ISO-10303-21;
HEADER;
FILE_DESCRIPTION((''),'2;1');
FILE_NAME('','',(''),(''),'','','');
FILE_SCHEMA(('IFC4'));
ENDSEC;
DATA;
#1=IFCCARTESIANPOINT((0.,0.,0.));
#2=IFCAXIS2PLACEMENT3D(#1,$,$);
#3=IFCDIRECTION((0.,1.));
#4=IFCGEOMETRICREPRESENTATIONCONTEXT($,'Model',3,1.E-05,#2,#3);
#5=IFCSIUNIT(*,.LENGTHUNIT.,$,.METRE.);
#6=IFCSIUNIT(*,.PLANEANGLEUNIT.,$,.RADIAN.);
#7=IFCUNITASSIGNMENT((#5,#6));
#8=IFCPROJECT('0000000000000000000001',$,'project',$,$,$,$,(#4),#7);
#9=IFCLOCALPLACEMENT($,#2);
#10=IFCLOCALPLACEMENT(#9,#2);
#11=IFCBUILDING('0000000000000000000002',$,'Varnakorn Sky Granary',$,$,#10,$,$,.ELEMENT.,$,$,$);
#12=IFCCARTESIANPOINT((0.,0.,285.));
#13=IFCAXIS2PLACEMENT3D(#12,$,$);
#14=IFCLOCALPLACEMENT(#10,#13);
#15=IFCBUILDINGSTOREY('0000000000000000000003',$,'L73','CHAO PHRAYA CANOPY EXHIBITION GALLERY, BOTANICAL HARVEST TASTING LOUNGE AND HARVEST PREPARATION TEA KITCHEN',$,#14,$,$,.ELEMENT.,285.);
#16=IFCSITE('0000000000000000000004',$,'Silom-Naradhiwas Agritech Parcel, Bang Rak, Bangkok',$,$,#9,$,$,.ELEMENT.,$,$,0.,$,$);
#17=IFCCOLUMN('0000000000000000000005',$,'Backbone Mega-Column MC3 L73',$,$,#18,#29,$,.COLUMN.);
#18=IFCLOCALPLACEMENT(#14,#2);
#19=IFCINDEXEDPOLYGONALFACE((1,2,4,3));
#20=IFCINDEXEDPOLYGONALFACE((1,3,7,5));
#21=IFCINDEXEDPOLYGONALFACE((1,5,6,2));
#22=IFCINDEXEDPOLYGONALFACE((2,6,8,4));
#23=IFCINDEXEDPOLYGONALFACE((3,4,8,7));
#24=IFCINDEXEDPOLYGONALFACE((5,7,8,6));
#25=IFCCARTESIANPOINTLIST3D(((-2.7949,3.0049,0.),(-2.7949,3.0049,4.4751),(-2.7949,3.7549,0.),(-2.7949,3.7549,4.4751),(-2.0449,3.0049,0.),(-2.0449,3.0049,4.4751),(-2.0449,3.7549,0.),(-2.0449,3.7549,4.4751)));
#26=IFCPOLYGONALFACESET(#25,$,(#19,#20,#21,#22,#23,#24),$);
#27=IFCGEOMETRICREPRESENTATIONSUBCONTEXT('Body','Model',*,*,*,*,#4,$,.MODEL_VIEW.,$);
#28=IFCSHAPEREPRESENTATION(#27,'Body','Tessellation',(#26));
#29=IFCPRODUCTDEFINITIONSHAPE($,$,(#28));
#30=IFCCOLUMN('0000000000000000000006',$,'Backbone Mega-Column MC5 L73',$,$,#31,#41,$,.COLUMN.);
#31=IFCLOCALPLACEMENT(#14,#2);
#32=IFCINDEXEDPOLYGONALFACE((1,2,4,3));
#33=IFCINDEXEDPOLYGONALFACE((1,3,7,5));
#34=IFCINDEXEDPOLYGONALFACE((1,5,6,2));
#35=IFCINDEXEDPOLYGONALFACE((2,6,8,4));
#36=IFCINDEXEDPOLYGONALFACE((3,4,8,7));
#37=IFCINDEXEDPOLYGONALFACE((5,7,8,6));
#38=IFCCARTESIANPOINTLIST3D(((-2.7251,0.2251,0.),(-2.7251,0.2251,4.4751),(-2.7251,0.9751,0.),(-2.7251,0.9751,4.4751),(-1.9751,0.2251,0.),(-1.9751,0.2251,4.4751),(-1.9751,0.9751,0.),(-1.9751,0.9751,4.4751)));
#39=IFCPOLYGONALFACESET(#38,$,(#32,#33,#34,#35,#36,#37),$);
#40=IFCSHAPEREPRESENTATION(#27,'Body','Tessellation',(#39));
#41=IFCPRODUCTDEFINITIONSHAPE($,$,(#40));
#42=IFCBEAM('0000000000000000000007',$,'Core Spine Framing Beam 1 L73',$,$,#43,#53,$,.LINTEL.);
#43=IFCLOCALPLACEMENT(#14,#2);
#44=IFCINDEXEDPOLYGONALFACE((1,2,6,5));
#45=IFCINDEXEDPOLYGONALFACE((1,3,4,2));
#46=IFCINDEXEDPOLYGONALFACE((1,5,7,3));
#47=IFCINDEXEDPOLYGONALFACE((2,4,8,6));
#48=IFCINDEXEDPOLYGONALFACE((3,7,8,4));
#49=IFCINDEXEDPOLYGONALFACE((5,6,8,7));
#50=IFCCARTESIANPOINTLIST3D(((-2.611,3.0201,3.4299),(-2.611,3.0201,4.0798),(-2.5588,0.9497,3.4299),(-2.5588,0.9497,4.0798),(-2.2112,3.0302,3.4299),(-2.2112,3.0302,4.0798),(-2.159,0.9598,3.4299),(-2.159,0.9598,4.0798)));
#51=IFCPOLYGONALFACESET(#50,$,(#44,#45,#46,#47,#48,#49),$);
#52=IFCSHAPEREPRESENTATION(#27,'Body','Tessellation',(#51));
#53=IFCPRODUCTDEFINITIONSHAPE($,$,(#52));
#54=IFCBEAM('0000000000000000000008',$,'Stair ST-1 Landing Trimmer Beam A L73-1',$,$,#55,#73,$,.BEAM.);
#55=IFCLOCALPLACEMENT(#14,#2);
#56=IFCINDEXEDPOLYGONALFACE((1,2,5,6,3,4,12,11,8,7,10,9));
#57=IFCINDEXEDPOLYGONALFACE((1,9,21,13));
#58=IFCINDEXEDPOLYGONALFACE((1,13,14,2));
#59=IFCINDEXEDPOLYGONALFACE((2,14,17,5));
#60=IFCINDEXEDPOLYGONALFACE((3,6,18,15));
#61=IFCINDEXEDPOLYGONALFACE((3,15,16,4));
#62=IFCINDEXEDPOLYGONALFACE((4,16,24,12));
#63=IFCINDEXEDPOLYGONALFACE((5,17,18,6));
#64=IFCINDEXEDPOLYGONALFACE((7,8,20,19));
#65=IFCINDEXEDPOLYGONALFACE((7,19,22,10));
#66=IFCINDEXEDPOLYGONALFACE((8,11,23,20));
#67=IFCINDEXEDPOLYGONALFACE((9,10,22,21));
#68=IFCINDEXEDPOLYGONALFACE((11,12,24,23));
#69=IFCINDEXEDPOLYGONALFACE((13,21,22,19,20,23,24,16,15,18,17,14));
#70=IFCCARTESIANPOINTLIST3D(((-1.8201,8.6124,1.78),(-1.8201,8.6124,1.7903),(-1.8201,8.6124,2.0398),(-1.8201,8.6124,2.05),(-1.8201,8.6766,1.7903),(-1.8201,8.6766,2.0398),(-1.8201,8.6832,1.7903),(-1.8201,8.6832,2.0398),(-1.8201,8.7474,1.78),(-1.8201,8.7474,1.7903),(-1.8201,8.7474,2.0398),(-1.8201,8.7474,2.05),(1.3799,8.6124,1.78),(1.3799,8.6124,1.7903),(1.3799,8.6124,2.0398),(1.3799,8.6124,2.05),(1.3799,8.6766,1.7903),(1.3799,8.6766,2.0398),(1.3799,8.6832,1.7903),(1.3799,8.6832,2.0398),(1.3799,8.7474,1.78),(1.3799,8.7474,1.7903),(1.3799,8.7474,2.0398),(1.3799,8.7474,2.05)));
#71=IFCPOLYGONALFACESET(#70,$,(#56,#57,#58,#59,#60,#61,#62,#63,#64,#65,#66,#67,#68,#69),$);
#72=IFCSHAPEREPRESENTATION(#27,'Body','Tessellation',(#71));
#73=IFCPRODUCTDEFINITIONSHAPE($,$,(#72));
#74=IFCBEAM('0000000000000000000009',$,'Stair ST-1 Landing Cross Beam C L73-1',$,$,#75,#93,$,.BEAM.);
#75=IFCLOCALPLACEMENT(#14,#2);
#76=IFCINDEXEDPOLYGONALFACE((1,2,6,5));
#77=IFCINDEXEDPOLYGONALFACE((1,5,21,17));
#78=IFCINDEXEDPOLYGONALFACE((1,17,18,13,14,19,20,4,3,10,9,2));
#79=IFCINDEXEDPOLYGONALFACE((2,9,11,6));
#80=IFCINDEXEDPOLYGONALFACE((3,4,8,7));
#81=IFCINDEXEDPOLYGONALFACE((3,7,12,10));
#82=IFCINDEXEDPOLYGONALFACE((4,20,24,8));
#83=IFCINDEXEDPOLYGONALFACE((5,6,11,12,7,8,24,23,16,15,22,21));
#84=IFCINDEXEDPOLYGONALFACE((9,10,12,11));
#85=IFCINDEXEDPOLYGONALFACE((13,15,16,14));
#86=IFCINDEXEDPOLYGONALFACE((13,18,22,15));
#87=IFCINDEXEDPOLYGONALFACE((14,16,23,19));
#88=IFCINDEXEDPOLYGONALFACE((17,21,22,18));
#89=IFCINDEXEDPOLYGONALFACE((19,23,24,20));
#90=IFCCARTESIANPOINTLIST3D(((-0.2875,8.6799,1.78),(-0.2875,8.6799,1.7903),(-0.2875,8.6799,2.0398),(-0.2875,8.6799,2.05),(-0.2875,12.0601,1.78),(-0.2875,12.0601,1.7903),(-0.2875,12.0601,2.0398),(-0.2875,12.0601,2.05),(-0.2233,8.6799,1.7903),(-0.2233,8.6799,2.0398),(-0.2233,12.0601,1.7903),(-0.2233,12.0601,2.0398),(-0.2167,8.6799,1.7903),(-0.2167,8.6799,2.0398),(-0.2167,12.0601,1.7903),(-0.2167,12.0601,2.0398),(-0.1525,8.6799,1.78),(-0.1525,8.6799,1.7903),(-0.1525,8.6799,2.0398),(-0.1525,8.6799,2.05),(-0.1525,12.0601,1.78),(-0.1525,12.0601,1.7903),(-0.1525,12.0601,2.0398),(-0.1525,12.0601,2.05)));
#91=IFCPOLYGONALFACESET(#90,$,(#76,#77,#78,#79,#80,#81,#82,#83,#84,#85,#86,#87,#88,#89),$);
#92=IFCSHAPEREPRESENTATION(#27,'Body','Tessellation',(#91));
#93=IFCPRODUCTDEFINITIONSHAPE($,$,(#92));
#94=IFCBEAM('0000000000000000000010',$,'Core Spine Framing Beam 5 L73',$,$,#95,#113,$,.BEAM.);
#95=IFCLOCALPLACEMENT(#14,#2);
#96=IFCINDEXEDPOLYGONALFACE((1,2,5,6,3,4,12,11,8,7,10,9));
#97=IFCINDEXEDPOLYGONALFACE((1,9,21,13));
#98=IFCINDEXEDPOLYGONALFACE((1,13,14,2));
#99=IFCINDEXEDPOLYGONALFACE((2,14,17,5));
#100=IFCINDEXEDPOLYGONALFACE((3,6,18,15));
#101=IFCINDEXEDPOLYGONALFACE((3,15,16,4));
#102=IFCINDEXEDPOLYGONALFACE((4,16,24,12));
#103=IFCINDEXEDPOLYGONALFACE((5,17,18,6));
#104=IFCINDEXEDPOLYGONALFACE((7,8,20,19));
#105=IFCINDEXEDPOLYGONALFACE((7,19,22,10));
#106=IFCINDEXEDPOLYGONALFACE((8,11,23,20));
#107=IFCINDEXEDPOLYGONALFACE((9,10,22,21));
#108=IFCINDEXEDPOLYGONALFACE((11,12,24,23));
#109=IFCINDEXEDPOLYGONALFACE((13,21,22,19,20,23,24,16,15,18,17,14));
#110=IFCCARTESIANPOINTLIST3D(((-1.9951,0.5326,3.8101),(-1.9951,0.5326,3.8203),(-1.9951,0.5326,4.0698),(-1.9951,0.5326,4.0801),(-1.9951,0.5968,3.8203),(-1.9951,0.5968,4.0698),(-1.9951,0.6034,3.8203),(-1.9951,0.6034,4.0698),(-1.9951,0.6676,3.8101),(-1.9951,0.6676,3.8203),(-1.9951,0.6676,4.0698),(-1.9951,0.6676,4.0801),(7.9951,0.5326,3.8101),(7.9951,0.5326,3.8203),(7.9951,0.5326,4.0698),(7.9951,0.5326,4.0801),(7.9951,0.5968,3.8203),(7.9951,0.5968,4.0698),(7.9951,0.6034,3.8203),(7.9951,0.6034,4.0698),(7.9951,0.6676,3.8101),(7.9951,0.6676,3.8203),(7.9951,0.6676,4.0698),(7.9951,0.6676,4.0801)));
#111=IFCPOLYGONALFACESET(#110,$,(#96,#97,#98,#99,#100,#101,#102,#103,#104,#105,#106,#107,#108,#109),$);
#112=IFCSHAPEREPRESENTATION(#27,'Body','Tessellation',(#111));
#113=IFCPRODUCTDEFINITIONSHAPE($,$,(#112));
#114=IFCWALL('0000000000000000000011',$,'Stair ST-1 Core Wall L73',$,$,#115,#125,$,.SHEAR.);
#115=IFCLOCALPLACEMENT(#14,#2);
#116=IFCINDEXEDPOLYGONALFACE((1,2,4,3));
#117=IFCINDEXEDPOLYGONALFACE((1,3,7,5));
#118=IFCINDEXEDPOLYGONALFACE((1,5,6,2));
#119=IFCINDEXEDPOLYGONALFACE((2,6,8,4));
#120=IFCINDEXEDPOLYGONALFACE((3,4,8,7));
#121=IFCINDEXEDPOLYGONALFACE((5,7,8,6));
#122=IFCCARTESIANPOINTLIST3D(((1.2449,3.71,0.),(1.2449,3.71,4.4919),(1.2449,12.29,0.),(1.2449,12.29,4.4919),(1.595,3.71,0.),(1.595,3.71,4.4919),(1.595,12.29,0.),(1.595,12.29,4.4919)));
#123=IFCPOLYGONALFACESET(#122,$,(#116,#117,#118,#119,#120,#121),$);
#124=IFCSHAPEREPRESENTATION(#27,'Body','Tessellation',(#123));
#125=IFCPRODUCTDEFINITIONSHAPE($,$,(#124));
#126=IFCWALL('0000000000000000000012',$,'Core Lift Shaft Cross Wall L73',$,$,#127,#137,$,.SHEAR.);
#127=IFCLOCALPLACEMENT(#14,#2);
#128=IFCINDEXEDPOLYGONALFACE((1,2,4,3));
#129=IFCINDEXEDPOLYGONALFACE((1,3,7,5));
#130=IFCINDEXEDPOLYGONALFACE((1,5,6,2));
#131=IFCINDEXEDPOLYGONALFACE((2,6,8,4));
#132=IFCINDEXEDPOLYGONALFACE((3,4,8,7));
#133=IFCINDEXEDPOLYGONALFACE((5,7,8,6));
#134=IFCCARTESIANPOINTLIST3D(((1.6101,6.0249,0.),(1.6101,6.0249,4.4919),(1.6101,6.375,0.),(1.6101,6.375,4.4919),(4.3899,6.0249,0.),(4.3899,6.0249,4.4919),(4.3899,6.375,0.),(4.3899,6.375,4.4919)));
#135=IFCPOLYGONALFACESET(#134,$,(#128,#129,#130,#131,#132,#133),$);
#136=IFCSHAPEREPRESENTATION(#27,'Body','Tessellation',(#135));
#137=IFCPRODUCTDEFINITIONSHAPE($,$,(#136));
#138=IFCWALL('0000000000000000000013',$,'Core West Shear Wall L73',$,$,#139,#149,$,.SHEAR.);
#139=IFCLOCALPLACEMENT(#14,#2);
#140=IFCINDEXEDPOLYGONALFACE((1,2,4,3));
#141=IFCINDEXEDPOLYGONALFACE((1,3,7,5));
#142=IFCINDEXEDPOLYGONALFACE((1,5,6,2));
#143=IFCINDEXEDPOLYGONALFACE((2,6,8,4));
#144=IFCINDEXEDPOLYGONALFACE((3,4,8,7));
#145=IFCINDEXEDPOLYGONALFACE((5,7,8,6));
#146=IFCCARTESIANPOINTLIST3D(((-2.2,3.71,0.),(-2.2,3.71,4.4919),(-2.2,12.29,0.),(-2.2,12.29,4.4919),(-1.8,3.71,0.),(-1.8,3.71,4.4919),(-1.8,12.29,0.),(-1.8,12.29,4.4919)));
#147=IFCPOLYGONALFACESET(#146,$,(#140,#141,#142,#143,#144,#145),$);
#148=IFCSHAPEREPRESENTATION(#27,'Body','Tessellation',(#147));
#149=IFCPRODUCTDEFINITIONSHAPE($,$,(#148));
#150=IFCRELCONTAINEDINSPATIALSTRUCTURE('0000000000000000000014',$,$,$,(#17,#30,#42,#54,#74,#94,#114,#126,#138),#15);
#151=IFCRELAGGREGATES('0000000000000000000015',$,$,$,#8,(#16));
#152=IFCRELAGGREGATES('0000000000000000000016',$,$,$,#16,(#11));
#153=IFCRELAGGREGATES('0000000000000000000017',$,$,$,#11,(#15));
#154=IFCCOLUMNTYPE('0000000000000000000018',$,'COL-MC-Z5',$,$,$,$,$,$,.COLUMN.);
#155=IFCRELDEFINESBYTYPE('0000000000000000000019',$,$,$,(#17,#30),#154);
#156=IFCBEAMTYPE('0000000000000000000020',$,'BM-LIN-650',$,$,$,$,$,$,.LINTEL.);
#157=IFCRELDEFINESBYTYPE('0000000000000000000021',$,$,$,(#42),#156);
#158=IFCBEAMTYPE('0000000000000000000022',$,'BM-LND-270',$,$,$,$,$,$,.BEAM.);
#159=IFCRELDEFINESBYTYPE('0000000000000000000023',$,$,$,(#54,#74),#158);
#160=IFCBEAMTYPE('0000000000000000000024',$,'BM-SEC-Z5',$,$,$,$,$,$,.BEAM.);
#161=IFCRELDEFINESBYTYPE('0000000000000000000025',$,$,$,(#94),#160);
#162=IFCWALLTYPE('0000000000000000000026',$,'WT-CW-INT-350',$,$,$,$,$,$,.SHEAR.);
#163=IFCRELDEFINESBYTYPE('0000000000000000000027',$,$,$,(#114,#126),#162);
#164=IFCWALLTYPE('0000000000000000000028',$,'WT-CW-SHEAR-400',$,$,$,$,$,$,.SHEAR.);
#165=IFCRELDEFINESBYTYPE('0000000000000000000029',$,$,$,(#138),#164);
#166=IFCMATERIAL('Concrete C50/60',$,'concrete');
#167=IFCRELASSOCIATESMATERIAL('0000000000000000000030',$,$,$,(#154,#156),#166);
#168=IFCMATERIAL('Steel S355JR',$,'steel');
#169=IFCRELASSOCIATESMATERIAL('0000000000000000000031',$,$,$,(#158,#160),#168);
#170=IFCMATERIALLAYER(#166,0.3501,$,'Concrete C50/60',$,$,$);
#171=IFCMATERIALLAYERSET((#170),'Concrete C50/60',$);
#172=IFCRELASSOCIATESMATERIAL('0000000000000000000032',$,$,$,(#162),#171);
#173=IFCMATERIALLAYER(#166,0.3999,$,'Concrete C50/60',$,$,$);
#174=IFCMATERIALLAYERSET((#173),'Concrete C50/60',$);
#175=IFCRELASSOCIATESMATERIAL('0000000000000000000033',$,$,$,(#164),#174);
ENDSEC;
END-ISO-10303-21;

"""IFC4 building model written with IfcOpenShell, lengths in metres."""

from ifc_helpers import new_model, si_unit, direction, frame, frame_2d, origin, origin_2d, place, context, subcontext, project, spatial, rectangle, i_section, extrude, material, layer, layer_set, material_profile, profile_set, type_object, element, save


model = new_model("IFC4")

# Units and contexts
model_context = context("Model", 3, precision=1e-05, world=origin(), true_north=direction((0.0, 1.0)))
body_context = subcontext(model_context, "Body", "Model", "MODEL_VIEW")
ifc_project = project(units=[si_unit("LENGTHUNIT", "METRE"), si_unit("PLANEANGLEUNIT", "RADIAN")], contexts=[model_context])

# Site, building, storey
site_placement = place(None, origin())
site = spatial("IfcSite", under=ifc_project, at=site_placement, Name="Silom-Naradhiwas Agritech Parcel, Bang Rak, Bangkok", CompositionType="ELEMENT", RefElevation=0.0)
building_placement = place(site_placement, origin())
building = spatial("IfcBuilding", under=site, at=building_placement, Name="Varnakorn Sky Granary", CompositionType="ELEMENT")
storey_placement = place(building_placement, frame((0.0, 0.0, 285.0)))
storey = spatial("IfcBuildingStorey", under=building, at=storey_placement, Name="L73", Description="CHAO PHRAYA CANOPY EXHIBITION GALLERY, BOTANICAL HARVEST TASTING LOUNGE AND HARVEST PREPARATION TEA KITCHEN", CompositionType="ELEMENT", Elevation=285.0)

# Columns
ifc_material_1 = material(Name="Concrete C50/60", Category="concrete")
ifc_material_profile_1 = material_profile(ifc_material_1, rectangle(XDim=0.75, YDim=0.75, at=origin_2d()), Name="RC 750x750")
ifc_profile_set_1 = profile_set([ifc_material_profile_1], Name="Concrete C50/60")
column_type = type_object("IfcColumnType", Name="COL-MC-Z5", PredefinedType="COLUMN", material=ifc_profile_set_1)
for number, where, z_axis, x_axis, name in (
    (1, (-2.4199, 3.3799, 0.0), (0.0, 0.0, 1.0), (1.0, 0.0, 0.0), "Backbone Mega-Column MC3 L73"),
    (2, (-2.3501, 0.6001, 0.0), (0.0, 0.0, 1.0), (1.0, 0.0, 0.0), "Backbone Mega-Column MC5 L73"),
):
    element("IfcColumn", number, at=place(storey_placement, frame(where, z_axis=z_axis, x_axis=x_axis)), inside=storey, type_object=column_type, Name=name, PredefinedType="COLUMN", context=body_context, shape_type="SweptSolid", body=[
        extrude(rectangle(XDim=0.75, YDim=0.75, at=origin_2d()), origin(), (0.0, 0.0, 1.0), 4.4751),
    ])

# Beams
ifc_material_profile_2 = material_profile(ifc_material_1, rectangle(XDim=0.3999, YDim=0.6499, at=origin_2d()), Name="RC 400x650")
ifc_profile_set_2 = profile_set([ifc_material_profile_2], Name="Concrete C50/60")
beam_type_1 = type_object("IfcBeamType", Name="BM-LIN-650", PredefinedType="LINTEL", material=ifc_profile_set_2)
beam_1_placement = place(storey_placement, frame((-2.4111, 3.0251, 3.7549), z_axis=(0.025228, -0.999682, 0.0), x_axis=(0.999682, 0.025228, 0.0)))
element("IfcBeam", 3, at=beam_1_placement, inside=storey, type_object=beam_type_1, Name="Core Spine Framing Beam 1 L73", PredefinedType="LINTEL", context=body_context, shape_type="SweptSolid", body=[
    extrude(rectangle(XDim=0.3999, YDim=0.6499, at=origin_2d()), origin(), (0.0, 0.0, 1.0), 2.071),
])
ifc_material_2 = material(Name="Steel S355JR", Category="steel")
ifc_material_profile_3 = material_profile(ifc_material_2, i_section(OverallWidth=0.135, OverallDepth=0.27, WebThickness=0.0066, FlangeThickness=0.0103, at=origin_2d()), Name="IPE 270")
ifc_profile_set_3 = profile_set([ifc_material_profile_3], Name="Steel S355JR")
beam_type_2 = type_object("IfcBeamType", Name="BM-LND-270", PredefinedType="BEAM", material=ifc_profile_set_3)
beam_2_placement = place(storey_placement, frame((-1.8201, 8.6799, 1.915), z_axis=(1.0, 0.0, 0.0), x_axis=(0.0, 1.0, 0.0)))
element("IfcBeam", 4, at=beam_2_placement, inside=storey, type_object=beam_type_2, Name="Stair ST-1 Landing Trimmer Beam A L73-1", PredefinedType="BEAM", context=body_context, shape_type="SweptSolid", body=[
    extrude(i_section(OverallWidth=0.135, OverallDepth=0.27, WebThickness=0.0066, FlangeThickness=0.0103, at=origin_2d()), origin(), (0.0, 0.0, 1.0), 3.2),
])
beam_3_placement = place(storey_placement, frame((-0.22, 8.6799, 1.915), z_axis=(0.0, 1.0, 0.0), x_axis=(-1.0, 0.0, 0.0)))
element("IfcBeam", 5, at=beam_3_placement, inside=storey, type_object=beam_type_2, Name="Stair ST-1 Landing Cross Beam C L73-1", PredefinedType="BEAM", context=body_context, shape_type="SweptSolid", body=[
    extrude(i_section(OverallWidth=0.135, OverallDepth=0.27, WebThickness=0.0066, FlangeThickness=0.0103, at=origin_2d()), origin(), (0.0, 0.0, 1.0), 3.3801),
])
ifc_material_profile_4 = material_profile(ifc_material_2, i_section(OverallWidth=0.135, OverallDepth=0.27, WebThickness=0.0066, FlangeThickness=0.0103, at=origin_2d()), Name="IPE 270")
ifc_profile_set_4 = profile_set([ifc_material_profile_4], Name="Steel S355JR")
beam_type_3 = type_object("IfcBeamType", Name="BM-SEC-Z5", PredefinedType="BEAM", material=ifc_profile_set_4)
beam_4_placement = place(storey_placement, frame((-1.9951, 0.6001, 3.9451), z_axis=(1.0, 0.0, 0.0), x_axis=(0.0, 1.0, 0.0)))
element("IfcBeam", 6, at=beam_4_placement, inside=storey, type_object=beam_type_3, Name="Core Spine Framing Beam 5 L73", PredefinedType="BEAM", context=body_context, shape_type="SweptSolid", body=[
    extrude(i_section(OverallWidth=0.135, OverallDepth=0.27, WebThickness=0.0066, FlangeThickness=0.0103, at=origin_2d()), origin(), (0.0, 0.0, 1.0), 9.9902),
])

# Walls
ifc_layer_1 = layer(ifc_material_1, 0.3501, Name="Concrete C50/60")
ifc_layer_set_1 = layer_set([ifc_layer_1], Name="Concrete C50/60")
wall_type_1 = type_object("IfcWallType", Name="WT-CW-INT-350", PredefinedType="SHEAR", material=ifc_layer_set_1)
wall_1_placement = place(storey_placement, frame((1.4199, 3.71, 0.0), z_axis=(0.0, 0.0, 1.0), x_axis=(0.0, 1.0, 0.0)))
element("IfcWall", 7, at=wall_1_placement, inside=storey, type_object=wall_type_1, Name="Stair ST-1 Core Wall L73", PredefinedType="SHEAR", context=body_context, shape_type="SweptSolid", body=[
    extrude(rectangle(XDim=8.5801, YDim=0.3501, at=frame_2d((4.29, 0.0))), origin(), (0.0, 0.0, 1.0), 4.4919),
])
wall_2_placement = place(storey_placement, frame((1.6101, 6.2, 0.0), z_axis=(0.0, 0.0, 1.0), x_axis=(1.0, 0.0, 0.0)))
element("IfcWall", 8, at=wall_2_placement, inside=storey, type_object=wall_type_1, Name="Core Lift Shaft Cross Wall L73", PredefinedType="SHEAR", context=body_context, shape_type="SweptSolid", body=[
    extrude(rectangle(XDim=2.7798, YDim=0.3501, at=frame_2d((1.3899, 0.0))), origin(), (0.0, 0.0, 1.0), 4.4919),
])

# Shared definitions
ifc_layer_2 = layer(ifc_material_1, 0.3999, Name="Concrete C50/60")
ifc_layer_set_2 = layer_set([ifc_layer_2], Name="Concrete C50/60")
wall_type_2 = type_object("IfcWallType", Name="WT-CW-SHEAR-400", PredefinedType="SHEAR", material=ifc_layer_set_2)

# Wall
wall_3_placement = place(storey_placement, frame((-2.0, 3.71, 0.0), z_axis=(0.0, 0.0, 1.0), x_axis=(0.0, 1.0, 0.0)))
element("IfcWall", 9, at=wall_3_placement, inside=storey, type_object=wall_type_2, Name="Core West Shear Wall L73", PredefinedType="SHEAR", context=body_context, shape_type="SweptSolid", body=[
    extrude(rectangle(XDim=8.5801, YDim=0.3999, at=frame_2d((4.29, 0.0))), origin(), (0.0, 0.0, 1.0), 4.4919),
])

save(model, "model.ifc")
